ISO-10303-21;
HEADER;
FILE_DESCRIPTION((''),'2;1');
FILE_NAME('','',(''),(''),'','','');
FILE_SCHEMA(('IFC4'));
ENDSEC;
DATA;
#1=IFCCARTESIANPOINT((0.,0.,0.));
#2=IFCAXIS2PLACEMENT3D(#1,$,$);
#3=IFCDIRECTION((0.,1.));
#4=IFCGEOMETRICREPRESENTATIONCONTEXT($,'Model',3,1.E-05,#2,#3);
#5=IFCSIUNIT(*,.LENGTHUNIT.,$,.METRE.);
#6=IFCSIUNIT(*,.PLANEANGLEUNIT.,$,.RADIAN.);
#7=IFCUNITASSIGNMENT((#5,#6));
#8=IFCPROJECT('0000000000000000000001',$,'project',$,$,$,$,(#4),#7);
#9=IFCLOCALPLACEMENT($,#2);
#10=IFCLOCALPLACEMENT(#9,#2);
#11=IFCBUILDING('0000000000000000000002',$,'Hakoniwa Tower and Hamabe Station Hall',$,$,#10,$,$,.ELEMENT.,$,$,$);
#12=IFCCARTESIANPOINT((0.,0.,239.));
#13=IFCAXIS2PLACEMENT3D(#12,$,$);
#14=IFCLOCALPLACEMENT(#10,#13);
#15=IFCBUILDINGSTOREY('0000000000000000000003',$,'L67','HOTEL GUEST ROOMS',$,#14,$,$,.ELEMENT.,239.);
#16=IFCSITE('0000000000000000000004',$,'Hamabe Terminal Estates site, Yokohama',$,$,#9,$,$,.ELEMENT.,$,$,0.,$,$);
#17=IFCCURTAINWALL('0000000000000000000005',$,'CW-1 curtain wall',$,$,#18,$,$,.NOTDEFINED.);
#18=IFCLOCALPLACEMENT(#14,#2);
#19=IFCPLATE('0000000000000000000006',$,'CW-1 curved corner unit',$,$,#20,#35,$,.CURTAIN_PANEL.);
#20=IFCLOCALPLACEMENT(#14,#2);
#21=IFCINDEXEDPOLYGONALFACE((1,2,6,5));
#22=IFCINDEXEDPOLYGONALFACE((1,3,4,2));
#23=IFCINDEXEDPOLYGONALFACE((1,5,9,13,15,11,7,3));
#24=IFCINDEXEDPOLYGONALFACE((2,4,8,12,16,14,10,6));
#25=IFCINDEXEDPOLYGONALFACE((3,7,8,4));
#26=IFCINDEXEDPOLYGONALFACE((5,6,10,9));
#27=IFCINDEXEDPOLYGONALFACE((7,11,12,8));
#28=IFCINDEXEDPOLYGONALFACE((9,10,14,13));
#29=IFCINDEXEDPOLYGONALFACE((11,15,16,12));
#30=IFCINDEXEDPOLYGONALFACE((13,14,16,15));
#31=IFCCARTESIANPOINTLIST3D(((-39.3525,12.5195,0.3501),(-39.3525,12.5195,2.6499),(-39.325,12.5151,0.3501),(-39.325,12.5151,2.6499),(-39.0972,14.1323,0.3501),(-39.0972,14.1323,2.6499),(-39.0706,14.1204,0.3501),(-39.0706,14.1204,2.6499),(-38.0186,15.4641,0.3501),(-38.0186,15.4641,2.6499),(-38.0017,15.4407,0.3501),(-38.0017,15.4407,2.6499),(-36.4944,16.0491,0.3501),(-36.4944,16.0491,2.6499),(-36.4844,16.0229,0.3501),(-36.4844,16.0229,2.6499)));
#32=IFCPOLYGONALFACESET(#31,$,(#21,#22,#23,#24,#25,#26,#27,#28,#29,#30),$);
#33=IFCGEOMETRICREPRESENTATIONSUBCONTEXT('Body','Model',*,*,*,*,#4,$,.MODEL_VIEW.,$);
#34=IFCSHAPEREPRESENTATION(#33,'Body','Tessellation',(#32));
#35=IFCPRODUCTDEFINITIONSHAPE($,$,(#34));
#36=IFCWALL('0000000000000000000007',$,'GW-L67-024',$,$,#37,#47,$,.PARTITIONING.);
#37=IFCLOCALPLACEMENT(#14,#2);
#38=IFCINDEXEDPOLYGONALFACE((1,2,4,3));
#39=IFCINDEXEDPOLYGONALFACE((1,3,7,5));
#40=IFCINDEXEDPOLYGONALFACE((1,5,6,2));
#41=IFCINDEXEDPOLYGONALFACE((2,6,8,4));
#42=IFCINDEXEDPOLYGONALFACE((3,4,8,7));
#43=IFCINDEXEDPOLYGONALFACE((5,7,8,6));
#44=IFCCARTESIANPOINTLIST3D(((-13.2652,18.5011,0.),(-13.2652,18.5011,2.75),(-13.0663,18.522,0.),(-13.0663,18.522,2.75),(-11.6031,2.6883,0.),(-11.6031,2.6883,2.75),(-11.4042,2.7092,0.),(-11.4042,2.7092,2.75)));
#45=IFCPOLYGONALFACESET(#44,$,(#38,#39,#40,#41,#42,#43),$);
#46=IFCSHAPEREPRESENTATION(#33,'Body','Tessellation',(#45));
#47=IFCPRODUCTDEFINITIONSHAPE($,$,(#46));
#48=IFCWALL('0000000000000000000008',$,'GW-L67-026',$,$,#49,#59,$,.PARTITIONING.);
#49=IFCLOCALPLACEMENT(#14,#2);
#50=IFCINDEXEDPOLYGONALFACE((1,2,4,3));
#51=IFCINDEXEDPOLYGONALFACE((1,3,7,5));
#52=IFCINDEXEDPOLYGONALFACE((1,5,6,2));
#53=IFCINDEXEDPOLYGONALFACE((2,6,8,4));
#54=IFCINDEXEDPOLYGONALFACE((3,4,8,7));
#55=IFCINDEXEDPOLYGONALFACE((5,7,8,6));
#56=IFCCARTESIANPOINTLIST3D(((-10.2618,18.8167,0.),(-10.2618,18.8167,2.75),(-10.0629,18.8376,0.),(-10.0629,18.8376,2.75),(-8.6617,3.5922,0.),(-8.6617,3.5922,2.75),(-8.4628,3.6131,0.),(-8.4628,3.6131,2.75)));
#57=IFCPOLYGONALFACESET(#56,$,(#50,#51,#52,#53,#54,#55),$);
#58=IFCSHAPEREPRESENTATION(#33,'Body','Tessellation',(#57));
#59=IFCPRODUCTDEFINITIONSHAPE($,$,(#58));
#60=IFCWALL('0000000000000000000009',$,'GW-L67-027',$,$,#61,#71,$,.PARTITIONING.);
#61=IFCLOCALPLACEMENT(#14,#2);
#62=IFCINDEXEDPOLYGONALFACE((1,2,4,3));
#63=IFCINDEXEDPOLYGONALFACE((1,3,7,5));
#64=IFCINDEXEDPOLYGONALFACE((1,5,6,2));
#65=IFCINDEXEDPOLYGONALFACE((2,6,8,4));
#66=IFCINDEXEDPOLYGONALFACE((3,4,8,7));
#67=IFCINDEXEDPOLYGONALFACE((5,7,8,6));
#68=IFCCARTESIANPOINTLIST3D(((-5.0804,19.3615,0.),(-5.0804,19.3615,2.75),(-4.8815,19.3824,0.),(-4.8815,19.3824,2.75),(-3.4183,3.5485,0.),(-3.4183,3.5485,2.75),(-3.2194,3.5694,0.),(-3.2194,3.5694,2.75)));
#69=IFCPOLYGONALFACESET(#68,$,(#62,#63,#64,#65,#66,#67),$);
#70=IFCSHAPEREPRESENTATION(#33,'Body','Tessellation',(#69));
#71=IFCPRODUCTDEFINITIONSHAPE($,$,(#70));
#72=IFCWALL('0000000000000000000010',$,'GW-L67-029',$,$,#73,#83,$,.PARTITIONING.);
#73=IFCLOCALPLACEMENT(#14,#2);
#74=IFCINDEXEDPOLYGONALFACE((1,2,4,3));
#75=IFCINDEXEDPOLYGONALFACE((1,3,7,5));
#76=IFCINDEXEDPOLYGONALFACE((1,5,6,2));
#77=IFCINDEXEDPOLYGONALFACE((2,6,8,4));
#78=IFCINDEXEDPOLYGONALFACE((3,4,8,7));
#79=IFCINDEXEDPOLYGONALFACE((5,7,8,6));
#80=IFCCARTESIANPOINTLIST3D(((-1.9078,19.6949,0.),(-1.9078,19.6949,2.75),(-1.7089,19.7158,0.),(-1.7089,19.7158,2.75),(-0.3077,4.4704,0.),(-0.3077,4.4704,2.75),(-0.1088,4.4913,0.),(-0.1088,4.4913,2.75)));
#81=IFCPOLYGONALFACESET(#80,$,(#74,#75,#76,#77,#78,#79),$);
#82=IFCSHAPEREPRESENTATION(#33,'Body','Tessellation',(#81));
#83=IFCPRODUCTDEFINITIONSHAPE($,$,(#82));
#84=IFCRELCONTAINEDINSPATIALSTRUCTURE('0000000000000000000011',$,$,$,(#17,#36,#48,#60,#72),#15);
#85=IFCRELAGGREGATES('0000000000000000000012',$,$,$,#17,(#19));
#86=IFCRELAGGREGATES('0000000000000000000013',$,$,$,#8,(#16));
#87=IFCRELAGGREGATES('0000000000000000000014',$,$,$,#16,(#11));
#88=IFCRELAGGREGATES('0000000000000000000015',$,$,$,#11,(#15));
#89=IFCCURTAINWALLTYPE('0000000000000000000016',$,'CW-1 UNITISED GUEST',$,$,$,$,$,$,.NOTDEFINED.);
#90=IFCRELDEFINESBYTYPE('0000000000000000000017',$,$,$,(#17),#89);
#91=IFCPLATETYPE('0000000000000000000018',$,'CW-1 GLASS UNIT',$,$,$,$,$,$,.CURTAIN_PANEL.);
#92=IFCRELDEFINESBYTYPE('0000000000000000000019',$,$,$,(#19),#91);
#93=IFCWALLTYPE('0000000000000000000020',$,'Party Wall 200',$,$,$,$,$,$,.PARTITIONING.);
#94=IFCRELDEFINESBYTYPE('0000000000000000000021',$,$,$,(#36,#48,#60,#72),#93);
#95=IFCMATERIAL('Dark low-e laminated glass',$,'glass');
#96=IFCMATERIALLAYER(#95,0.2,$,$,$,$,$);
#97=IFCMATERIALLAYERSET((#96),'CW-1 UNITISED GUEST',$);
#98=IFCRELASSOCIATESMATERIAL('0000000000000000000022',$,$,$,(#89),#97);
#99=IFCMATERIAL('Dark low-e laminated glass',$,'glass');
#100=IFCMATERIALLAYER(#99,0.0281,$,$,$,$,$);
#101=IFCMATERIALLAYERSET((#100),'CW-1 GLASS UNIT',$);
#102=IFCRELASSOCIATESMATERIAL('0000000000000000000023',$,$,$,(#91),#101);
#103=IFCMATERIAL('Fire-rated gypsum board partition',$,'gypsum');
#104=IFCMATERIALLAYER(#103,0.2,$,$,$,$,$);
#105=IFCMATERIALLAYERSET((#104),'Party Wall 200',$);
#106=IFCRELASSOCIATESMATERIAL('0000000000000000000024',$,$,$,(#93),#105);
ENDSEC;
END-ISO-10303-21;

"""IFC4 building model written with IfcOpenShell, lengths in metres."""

from ifc_helpers import new_model, si_unit, direction, frame, frame_2d, origin, place, context, subcontext, project, spatial, polyline, rectangle, outline, extrude, material, layer, layer_set, type_object, element, aggregate, save


model = new_model("IFC4")

# Units and contexts
model_context = context("Model", 3, precision=1e-05, world=origin(), true_north=direction((0.0, 1.0)))
body_context = subcontext(model_context, "Body", "Model", "MODEL_VIEW")
ifc_project = project(units=[si_unit("LENGTHUNIT", "METRE"), si_unit("PLANEANGLEUNIT", "RADIAN")], contexts=[model_context])

# Site, building, storey
site_placement = place(None, origin())
site = spatial("IfcSite", under=ifc_project, at=site_placement, Name="Hamabe Terminal Estates site, Yokohama", CompositionType="ELEMENT", RefElevation=0.0)
building_placement = place(site_placement, origin())
building = spatial("IfcBuilding", under=site, at=building_placement, Name="Hakoniwa Tower and Hamabe Station Hall", CompositionType="ELEMENT")
storey_placement = place(building_placement, frame((0.0, 0.0, 239.0)))
storey = spatial("IfcBuildingStorey", under=building, at=storey_placement, Name="L67", Description="HOTEL GUEST ROOMS", CompositionType="ELEMENT", Elevation=239.0)

# Curtain wall
ifc_material_1 = material(Name="Dark low-e laminated glass", Category="glass")
ifc_layer_1 = layer(ifc_material_1, 0.2)
ifc_layer_set_1 = layer_set([ifc_layer_1], Name="CW-1 UNITISED GUEST")
curtain_wall_type = type_object("IfcCurtainWallType", Name="CW-1 UNITISED GUEST", PredefinedType="NOTDEFINED", material=ifc_layer_set_1)
curtain_wall_1_placement = place(storey_placement, origin())
curtain_wall_1 = element("IfcCurtainWall", 1, at=curtain_wall_1_placement, inside=storey, type_object=curtain_wall_type, Name="CW-1 curtain wall", PredefinedType="NOTDEFINED")

# Shared definitions
ifc_material_2 = material(Name="Dark low-e laminated glass", Category="glass")
ifc_layer_2 = layer(ifc_material_2, 0.0281)
ifc_layer_set_2 = layer_set([ifc_layer_2], Name="CW-1 GLASS UNIT")
plate_type = type_object("IfcPlateType", Name="CW-1 GLASS UNIT", PredefinedType="CURTAIN_PANEL", material=ifc_layer_set_2)

# Plate
plate_1_placement = place(storey_placement, frame((0.0, 0.0, 0.3501)))
plate_1 = element("IfcPlate", 2, at=plate_1_placement, type_object=plate_type, Name="CW-1 curved corner unit", PredefinedType="CURTAIN_PANEL", context=body_context, shape_type="SweptSolid", body=[
    extrude(outline(polyline([(-36.4944, 16.0491), (-38.0186, 15.4641), (-39.0972, 14.1323), (-39.3525, 12.5195), (-39.325, 12.5151), (-39.0706, 14.1204), (-38.0017, 15.4407), (-36.4844, 16.0229), (-36.4944, 16.0491)])), origin(), (0.0, 0.0, 1.0), 2.2998),
])
aggregate(curtain_wall_1, [plate_1])

# Walls
ifc_material_3 = material(Name="Fire-rated gypsum board partition", Category="gypsum")
ifc_layer_3 = layer(ifc_material_3, 0.2)
ifc_layer_set_3 = layer_set([ifc_layer_3], Name="Party Wall 200")
wall_type = type_object("IfcWallType", Name="Party Wall 200", PredefinedType="PARTITIONING", material=ifc_layer_set_3)
wall_1_placement = place(storey_placement, frame((-11.5037, 2.6987, 0.0), z_axis=(0.0, 0.0, 1.0), x_axis=(-0.104536, 0.994521, 0.0)))
element("IfcWall", 3, at=wall_1_placement, inside=storey, type_object=wall_type, Name="GW-L67-024", PredefinedType="PARTITIONING", context=body_context, shape_type="SweptSolid", body=[
    extrude(rectangle(XDim=15.8999, YDim=0.2, at=frame_2d((7.95, 0.0))), origin(), (0.0, 0.0, 1.0), 2.75),
])
wall_2_placement = place(storey_placement, frame((-8.5623, 3.6025, 0.0), z_axis=(0.0, 0.0, 1.0), x_axis=(-0.104524, 0.994522, 0.0)))
element("IfcWall", 4, at=wall_2_placement, inside=storey, type_object=wall_type, Name="GW-L67-026", PredefinedType="PARTITIONING", context=body_context, shape_type="SweptSolid", body=[
    extrude(rectangle(XDim=15.3083, YDim=0.2, at=frame_2d((7.6543, 0.0))), origin(), (0.0, 0.0, 1.0), 2.75),
])
wall_3_placement = place(storey_placement, frame((-3.3188, 3.5588, 0.0), z_axis=(0.0, 0.0, 1.0), x_axis=(-0.104535, 0.994521, 0.0)))
element("IfcWall", 5, at=wall_3_placement, inside=storey, type_object=wall_type, Name="GW-L67-027", PredefinedType="PARTITIONING", context=body_context, shape_type="SweptSolid", body=[
    extrude(rectangle(XDim=15.9001, YDim=0.2, at=frame_2d((7.9502, 0.0))), origin(), (0.0, 0.0, 1.0), 2.75),
])
wall_4_placement = place(storey_placement, frame((-0.2083, 4.4807, 0.0), z_axis=(0.0, 0.0, 1.0), x_axis=(-0.104524, 0.994522, 0.0)))
element("IfcWall", 6, at=wall_4_placement, inside=storey, type_object=wall_type, Name="GW-L67-029", PredefinedType="PARTITIONING", context=body_context, shape_type="SweptSolid", body=[
    extrude(rectangle(XDim=15.3083, YDim=0.2, at=frame_2d((7.6543, 0.0))), origin(), (0.0, 0.0, 1.0), 2.75),
])

save(model, "model.ifc")
